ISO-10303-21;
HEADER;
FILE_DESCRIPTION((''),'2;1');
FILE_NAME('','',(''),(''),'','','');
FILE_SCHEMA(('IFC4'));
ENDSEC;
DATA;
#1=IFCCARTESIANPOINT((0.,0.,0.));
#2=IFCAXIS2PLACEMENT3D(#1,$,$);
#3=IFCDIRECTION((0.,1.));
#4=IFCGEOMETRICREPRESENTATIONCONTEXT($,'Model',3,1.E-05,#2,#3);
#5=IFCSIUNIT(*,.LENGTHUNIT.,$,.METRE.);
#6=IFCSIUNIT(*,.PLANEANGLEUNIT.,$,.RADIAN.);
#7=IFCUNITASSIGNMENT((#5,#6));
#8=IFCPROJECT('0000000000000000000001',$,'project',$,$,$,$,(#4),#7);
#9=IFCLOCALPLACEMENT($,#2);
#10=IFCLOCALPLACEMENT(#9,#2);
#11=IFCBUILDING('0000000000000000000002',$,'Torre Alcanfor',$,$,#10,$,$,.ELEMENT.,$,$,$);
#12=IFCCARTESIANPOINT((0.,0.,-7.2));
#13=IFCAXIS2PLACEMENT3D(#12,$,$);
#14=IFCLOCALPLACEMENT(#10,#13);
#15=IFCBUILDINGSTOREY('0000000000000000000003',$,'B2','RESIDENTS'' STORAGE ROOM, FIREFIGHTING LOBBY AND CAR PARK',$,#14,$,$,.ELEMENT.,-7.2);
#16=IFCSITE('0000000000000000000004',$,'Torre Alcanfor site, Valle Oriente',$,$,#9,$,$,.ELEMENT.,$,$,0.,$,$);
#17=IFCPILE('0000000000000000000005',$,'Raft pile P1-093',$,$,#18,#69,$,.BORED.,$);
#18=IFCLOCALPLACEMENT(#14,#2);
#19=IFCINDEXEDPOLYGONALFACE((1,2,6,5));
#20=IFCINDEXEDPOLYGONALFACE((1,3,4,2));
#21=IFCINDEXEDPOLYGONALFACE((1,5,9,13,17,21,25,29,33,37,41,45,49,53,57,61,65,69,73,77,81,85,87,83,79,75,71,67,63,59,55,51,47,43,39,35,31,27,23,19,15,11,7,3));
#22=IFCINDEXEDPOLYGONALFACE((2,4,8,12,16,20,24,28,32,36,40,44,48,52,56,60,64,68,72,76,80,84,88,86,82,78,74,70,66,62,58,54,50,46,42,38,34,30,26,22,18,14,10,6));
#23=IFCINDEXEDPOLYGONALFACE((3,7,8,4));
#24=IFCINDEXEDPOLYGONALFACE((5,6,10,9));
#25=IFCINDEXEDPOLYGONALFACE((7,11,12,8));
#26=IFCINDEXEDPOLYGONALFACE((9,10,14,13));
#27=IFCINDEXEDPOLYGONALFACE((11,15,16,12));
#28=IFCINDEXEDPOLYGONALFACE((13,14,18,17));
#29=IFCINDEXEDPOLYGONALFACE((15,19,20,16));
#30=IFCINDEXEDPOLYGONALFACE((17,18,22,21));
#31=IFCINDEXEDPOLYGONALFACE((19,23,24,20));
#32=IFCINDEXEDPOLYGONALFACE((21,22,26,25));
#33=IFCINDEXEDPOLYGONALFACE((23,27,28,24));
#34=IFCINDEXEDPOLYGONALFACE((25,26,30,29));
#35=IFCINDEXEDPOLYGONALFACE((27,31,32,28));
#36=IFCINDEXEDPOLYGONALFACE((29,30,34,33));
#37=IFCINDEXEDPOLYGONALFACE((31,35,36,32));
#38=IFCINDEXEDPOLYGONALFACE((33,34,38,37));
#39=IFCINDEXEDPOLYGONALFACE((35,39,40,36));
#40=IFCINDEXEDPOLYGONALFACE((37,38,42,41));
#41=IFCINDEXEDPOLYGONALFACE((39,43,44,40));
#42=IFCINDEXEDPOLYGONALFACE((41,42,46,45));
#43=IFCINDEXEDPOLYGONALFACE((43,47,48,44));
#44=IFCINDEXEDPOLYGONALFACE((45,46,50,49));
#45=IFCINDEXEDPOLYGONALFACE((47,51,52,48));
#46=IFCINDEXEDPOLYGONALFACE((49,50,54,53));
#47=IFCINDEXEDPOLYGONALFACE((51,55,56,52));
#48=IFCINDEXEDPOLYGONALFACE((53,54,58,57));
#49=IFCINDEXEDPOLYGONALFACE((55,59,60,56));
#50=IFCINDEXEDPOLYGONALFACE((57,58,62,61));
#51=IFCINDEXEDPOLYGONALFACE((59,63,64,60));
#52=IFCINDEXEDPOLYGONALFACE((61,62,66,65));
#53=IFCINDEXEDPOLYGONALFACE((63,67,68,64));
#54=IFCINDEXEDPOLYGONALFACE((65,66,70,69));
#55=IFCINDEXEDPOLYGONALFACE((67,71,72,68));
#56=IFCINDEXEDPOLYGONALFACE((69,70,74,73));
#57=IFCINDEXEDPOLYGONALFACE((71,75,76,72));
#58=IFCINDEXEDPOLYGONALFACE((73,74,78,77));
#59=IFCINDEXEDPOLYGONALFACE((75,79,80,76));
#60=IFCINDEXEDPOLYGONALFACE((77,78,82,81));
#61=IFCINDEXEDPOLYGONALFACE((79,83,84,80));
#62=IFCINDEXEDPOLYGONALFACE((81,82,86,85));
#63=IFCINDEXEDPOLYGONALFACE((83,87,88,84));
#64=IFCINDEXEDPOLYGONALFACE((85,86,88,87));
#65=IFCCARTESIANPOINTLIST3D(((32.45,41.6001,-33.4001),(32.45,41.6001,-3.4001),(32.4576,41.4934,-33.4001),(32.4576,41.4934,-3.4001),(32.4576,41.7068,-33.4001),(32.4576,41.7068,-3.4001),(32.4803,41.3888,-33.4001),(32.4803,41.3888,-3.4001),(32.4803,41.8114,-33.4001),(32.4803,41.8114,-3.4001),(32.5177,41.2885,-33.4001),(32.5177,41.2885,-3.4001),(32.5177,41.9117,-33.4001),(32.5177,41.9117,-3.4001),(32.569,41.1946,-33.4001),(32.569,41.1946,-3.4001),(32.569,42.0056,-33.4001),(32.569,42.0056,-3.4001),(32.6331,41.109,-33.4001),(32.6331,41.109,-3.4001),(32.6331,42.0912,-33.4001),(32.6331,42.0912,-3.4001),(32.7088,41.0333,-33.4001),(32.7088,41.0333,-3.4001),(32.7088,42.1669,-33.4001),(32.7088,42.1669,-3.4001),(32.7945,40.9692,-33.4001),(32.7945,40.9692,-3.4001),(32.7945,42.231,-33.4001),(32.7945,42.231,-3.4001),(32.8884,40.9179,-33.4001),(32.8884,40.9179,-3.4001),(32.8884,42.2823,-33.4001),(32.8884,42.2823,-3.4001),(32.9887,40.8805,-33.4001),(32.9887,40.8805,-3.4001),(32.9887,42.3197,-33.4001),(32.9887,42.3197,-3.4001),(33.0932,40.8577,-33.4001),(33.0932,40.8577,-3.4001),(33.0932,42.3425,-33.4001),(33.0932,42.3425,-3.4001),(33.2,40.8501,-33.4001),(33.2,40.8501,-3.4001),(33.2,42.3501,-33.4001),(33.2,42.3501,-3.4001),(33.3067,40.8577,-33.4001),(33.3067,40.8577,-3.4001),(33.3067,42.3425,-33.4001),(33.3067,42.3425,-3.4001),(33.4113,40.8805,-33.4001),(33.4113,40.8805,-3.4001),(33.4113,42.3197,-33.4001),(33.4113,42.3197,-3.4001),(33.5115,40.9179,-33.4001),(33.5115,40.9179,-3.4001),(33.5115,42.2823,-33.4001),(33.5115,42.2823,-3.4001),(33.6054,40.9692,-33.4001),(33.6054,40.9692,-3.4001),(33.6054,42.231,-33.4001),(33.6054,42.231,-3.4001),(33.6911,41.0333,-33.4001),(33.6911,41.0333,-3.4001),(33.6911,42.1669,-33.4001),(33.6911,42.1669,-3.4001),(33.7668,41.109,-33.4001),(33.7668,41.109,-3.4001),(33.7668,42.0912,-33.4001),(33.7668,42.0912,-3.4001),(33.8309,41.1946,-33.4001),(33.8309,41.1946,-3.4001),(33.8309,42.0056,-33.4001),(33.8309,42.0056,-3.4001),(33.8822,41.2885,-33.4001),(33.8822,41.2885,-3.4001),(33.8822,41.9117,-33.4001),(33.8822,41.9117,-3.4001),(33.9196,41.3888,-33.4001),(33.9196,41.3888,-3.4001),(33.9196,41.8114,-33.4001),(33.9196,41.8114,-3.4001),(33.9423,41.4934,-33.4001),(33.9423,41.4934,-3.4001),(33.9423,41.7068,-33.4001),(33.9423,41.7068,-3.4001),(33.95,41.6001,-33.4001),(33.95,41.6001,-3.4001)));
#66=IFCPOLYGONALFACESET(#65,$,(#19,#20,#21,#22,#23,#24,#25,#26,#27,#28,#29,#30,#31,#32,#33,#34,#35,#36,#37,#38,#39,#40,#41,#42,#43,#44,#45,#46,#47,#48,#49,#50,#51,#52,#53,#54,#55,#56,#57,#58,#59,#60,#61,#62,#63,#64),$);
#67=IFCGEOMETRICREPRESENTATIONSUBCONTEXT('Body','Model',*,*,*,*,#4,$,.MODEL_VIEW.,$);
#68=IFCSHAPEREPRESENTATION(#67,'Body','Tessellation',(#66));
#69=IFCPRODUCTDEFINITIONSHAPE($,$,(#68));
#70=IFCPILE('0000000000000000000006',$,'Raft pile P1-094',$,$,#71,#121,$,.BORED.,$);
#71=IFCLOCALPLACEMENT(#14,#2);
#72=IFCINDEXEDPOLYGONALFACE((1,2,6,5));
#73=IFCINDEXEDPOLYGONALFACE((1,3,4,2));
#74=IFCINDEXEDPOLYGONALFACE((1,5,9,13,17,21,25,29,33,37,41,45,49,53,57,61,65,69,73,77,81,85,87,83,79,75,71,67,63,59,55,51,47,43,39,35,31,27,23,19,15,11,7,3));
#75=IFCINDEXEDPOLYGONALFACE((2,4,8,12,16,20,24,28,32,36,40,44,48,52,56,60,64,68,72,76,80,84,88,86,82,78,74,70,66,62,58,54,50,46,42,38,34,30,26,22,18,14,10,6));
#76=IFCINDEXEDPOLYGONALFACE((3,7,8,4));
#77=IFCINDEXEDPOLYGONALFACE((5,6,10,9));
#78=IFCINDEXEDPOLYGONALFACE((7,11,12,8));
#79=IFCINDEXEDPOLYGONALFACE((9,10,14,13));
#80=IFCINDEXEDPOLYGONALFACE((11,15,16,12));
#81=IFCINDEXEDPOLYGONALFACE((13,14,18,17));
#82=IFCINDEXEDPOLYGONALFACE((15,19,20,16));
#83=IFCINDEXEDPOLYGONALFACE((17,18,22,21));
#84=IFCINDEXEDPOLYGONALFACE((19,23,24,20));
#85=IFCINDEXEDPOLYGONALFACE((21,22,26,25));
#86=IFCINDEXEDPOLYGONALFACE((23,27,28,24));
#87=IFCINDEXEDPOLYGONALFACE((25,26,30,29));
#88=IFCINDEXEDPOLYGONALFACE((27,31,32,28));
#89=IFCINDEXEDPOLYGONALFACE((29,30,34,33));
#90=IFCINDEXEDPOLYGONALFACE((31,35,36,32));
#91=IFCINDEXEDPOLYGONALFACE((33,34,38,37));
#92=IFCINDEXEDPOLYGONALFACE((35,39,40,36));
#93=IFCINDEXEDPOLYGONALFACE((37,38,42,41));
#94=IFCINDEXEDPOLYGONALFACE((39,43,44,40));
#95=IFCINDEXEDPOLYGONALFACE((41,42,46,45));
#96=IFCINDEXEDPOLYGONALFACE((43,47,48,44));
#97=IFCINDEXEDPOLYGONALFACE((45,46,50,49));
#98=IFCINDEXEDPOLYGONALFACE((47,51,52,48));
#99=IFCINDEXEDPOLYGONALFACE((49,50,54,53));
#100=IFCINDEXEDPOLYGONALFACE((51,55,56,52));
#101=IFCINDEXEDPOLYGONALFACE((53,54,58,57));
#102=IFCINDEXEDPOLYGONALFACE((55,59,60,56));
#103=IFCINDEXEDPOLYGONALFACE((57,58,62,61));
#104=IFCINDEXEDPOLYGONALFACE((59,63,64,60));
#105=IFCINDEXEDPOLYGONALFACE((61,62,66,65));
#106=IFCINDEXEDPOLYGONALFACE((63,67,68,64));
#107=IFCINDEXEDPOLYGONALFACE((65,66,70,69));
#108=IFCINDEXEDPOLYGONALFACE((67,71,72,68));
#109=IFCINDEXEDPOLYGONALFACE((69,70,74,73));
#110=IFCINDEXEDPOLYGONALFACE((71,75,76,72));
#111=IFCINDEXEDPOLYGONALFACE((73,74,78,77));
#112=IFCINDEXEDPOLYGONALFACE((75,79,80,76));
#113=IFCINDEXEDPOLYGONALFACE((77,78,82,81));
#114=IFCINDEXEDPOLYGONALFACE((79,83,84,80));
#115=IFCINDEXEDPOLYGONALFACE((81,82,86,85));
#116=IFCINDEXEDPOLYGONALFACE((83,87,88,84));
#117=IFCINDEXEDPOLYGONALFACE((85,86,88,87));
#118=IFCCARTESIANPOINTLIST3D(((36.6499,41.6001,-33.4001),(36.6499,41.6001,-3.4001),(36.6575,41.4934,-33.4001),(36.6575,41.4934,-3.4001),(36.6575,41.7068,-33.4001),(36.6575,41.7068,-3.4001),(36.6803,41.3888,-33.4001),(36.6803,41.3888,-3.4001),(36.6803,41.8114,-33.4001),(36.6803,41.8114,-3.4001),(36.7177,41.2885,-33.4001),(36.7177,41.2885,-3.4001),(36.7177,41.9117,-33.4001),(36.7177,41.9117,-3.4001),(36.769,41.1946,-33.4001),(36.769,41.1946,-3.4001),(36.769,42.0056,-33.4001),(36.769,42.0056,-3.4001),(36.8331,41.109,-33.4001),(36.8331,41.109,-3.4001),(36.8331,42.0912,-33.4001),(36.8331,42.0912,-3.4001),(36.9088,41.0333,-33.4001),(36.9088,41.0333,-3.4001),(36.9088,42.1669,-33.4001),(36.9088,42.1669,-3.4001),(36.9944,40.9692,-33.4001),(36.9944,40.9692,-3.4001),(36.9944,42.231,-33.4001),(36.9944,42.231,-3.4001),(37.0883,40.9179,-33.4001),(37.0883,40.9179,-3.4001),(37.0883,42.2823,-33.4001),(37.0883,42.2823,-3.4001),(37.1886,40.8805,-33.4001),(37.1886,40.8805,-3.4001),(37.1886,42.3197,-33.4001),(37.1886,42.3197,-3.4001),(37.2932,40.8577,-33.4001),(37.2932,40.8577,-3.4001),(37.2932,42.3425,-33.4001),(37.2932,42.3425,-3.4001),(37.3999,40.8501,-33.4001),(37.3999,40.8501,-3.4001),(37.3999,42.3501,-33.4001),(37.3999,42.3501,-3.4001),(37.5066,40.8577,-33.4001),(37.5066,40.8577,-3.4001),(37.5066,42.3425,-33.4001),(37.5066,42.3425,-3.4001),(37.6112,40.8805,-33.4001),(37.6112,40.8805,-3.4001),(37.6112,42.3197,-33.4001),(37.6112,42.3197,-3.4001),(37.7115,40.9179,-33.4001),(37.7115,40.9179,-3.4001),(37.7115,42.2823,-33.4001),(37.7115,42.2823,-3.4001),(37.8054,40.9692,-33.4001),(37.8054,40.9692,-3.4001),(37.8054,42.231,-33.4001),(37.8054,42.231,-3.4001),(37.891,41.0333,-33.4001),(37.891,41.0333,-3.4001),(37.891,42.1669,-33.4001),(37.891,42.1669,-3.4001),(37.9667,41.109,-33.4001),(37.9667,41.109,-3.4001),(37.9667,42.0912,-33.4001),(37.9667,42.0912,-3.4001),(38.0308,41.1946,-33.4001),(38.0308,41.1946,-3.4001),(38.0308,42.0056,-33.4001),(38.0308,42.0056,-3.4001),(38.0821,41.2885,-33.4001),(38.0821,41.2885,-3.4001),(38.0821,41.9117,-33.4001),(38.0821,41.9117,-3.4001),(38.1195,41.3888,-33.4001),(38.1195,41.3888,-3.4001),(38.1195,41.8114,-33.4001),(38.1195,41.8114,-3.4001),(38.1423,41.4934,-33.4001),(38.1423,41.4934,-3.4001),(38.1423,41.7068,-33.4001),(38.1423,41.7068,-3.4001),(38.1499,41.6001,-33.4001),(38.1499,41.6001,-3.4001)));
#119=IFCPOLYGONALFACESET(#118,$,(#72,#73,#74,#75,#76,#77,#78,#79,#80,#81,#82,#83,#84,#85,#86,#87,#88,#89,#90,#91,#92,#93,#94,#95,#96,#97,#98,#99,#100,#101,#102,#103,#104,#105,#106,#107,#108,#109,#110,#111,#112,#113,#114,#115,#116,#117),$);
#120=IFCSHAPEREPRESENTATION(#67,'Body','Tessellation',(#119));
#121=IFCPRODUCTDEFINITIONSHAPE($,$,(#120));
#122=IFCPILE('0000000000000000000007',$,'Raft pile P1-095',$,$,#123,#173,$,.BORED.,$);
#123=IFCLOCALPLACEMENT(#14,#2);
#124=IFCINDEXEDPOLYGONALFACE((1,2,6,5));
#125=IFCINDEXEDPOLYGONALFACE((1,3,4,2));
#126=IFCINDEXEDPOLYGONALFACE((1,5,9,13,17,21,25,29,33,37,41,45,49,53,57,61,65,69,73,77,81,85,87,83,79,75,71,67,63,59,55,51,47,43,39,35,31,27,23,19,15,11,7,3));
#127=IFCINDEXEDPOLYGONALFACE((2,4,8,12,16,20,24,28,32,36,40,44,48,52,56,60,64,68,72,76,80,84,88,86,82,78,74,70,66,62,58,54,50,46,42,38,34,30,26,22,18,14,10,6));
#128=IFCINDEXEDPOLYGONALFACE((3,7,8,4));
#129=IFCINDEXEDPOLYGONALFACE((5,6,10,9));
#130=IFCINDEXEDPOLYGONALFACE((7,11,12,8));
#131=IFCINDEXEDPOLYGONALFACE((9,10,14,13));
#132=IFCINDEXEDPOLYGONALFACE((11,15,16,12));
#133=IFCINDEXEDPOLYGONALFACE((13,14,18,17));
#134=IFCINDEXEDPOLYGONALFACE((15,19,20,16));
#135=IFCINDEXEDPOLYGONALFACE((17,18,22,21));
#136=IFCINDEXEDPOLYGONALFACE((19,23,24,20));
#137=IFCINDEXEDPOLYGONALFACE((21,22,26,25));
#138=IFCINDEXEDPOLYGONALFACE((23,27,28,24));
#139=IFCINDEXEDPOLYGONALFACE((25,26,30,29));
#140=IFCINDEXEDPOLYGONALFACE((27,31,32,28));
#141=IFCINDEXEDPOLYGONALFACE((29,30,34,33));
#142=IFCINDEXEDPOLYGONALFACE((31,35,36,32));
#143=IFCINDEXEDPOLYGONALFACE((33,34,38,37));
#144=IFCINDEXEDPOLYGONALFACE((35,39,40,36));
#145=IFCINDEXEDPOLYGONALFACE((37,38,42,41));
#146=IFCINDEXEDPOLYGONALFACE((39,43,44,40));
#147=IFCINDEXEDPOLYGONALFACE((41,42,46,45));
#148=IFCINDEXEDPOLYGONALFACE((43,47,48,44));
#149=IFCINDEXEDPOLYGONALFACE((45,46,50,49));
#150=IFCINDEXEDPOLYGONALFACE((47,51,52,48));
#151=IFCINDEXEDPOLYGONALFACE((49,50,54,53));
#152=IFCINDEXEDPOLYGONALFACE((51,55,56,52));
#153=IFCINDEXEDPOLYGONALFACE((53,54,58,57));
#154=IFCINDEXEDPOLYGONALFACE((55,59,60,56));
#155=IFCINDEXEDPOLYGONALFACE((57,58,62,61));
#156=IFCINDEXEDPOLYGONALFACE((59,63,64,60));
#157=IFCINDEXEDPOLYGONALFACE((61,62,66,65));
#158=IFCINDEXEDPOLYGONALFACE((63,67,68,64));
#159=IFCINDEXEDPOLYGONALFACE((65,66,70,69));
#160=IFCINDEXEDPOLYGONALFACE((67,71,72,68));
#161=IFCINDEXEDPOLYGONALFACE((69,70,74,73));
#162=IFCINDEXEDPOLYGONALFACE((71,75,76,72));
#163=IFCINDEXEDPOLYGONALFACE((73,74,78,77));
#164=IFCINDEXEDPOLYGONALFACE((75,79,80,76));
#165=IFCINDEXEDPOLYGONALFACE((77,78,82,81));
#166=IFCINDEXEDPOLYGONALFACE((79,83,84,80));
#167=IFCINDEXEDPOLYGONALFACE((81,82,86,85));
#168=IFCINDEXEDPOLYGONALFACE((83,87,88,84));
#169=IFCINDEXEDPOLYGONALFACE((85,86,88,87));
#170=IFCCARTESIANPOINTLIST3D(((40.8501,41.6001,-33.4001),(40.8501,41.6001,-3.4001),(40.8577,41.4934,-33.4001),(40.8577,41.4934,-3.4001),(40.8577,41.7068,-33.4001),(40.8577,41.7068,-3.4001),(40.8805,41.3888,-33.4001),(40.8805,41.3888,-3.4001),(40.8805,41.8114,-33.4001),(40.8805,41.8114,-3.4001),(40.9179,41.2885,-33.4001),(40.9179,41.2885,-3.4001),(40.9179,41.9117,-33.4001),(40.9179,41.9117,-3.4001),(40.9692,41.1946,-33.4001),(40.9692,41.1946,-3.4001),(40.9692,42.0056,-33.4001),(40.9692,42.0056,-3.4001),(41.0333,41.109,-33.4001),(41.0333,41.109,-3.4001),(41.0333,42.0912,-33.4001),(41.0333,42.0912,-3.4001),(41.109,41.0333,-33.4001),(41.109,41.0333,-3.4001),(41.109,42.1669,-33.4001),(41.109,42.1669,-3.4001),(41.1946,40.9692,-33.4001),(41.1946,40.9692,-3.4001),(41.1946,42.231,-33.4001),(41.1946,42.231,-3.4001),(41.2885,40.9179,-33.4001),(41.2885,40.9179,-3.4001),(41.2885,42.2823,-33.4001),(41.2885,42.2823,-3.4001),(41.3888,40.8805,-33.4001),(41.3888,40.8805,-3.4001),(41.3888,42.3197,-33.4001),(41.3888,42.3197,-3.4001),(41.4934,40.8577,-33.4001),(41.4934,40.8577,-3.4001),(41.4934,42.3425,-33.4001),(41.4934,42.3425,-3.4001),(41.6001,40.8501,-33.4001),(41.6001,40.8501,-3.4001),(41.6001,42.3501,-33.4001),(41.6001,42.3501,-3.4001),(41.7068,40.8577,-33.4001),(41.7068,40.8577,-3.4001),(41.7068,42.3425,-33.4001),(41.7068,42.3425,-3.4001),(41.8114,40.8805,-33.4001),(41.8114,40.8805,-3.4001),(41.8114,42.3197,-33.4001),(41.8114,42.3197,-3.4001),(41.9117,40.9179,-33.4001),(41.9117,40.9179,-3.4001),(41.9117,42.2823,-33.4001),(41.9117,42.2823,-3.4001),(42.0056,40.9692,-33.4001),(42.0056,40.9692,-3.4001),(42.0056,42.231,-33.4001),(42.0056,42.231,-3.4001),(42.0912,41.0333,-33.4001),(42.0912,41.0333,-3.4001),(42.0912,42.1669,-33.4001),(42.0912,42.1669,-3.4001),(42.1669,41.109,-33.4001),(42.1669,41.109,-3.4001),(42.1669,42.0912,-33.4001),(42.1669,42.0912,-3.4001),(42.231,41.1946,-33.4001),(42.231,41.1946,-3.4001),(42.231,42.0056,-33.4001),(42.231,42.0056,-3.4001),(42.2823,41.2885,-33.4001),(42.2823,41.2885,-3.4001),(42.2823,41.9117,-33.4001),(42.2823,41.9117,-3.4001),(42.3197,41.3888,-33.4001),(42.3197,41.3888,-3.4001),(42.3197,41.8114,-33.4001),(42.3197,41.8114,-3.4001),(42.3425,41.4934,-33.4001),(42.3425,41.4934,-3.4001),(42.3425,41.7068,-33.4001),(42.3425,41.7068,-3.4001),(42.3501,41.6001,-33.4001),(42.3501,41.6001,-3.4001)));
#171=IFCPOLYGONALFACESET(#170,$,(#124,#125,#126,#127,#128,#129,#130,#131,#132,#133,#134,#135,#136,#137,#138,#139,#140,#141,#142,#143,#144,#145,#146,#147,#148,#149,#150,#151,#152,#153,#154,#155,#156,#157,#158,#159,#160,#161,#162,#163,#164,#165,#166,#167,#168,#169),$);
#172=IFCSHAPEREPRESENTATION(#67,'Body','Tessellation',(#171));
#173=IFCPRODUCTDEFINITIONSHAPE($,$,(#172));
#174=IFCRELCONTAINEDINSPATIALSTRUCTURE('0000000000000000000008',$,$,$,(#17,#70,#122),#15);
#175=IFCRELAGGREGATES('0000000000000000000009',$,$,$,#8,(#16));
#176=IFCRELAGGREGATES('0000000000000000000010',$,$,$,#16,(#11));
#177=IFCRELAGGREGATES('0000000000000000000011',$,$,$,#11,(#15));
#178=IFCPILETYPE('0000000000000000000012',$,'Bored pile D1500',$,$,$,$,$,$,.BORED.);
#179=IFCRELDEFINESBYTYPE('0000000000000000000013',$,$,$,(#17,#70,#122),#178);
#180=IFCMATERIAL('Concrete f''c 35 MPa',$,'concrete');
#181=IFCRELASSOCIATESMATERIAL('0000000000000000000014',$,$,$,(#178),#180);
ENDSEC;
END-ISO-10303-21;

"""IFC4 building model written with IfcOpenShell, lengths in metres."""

from ifc_helpers import new_model, si_unit, direction, frame, origin, origin_2d, place, context, subcontext, project, spatial, circle, extrude, material, material_profile, profile_set, type_object, element, save


model = new_model("IFC4")

# Units and contexts
model_context = context("Model", 3, precision=1e-05, world=origin(), true_north=direction((0.0, 1.0)))
body_context = subcontext(model_context, "Body", "Model", "MODEL_VIEW")
ifc_project = project(units=[si_unit("LENGTHUNIT", "METRE"), si_unit("PLANEANGLEUNIT", "RADIAN")], contexts=[model_context])

# Site, building, storey
site_placement = place(None, origin())
site = spatial("IfcSite", under=ifc_project, at=site_placement, Name="Torre Alcanfor site, Valle Oriente", CompositionType="ELEMENT", RefElevation=0.0)
building_placement = place(site_placement, origin())
building = spatial("IfcBuilding", under=site, at=building_placement, Name="Torre Alcanfor", CompositionType="ELEMENT")
storey_placement = place(building_placement, frame((0.0, 0.0, -7.2)))
storey = spatial("IfcBuildingStorey", under=building, at=storey_placement, Name="B2", Description="RESIDENTS' STORAGE ROOM, FIREFIGHTING LOBBY AND CAR PARK", CompositionType="ELEMENT", Elevation=-7.2)

# Piles
ifc_material_1 = material(Name="Concrete f'c 35 MPa", Category="concrete")
ifc_material_profile_1 = material_profile(ifc_material_1, circle(Radius=0.75, at=origin_2d()), Name="D1500")
ifc_profile_set_1 = profile_set([ifc_material_profile_1], Name="Concrete f'c 35 MPa")
pile_type = type_object("IfcPileType", Name="Bored pile D1500", PredefinedType="BORED", material=ifc_profile_set_1)
for number, where, z_axis, x_axis, name in (
    (1, (33.2, 41.6001, -3.4001), (0.0, 0.0, -1.0), (1.0, 0.0, 0.0), "Raft pile P1-093"),
    (2, (37.3999, 41.6001, -3.4001), (0.0, 0.0, -1.0), (1.0, 0.0, 0.0), "Raft pile P1-094"),
    (3, (41.6001, 41.6001, -3.4001), (0.0, 0.0, -1.0), (1.0, 0.0, 0.0), "Raft pile P1-095"),
):
    element("IfcPile", number, at=place(storey_placement, frame(where, z_axis=z_axis, x_axis=x_axis)), inside=storey, type_object=pile_type, Name=name, PredefinedType="BORED", context=body_context, shape_type="SweptSolid", body=[
        extrude(circle(Radius=0.75, at=origin_2d()), origin(), (0.0, 0.0, 1.0), 30.0),
    ])

save(model, "model.ifc")
